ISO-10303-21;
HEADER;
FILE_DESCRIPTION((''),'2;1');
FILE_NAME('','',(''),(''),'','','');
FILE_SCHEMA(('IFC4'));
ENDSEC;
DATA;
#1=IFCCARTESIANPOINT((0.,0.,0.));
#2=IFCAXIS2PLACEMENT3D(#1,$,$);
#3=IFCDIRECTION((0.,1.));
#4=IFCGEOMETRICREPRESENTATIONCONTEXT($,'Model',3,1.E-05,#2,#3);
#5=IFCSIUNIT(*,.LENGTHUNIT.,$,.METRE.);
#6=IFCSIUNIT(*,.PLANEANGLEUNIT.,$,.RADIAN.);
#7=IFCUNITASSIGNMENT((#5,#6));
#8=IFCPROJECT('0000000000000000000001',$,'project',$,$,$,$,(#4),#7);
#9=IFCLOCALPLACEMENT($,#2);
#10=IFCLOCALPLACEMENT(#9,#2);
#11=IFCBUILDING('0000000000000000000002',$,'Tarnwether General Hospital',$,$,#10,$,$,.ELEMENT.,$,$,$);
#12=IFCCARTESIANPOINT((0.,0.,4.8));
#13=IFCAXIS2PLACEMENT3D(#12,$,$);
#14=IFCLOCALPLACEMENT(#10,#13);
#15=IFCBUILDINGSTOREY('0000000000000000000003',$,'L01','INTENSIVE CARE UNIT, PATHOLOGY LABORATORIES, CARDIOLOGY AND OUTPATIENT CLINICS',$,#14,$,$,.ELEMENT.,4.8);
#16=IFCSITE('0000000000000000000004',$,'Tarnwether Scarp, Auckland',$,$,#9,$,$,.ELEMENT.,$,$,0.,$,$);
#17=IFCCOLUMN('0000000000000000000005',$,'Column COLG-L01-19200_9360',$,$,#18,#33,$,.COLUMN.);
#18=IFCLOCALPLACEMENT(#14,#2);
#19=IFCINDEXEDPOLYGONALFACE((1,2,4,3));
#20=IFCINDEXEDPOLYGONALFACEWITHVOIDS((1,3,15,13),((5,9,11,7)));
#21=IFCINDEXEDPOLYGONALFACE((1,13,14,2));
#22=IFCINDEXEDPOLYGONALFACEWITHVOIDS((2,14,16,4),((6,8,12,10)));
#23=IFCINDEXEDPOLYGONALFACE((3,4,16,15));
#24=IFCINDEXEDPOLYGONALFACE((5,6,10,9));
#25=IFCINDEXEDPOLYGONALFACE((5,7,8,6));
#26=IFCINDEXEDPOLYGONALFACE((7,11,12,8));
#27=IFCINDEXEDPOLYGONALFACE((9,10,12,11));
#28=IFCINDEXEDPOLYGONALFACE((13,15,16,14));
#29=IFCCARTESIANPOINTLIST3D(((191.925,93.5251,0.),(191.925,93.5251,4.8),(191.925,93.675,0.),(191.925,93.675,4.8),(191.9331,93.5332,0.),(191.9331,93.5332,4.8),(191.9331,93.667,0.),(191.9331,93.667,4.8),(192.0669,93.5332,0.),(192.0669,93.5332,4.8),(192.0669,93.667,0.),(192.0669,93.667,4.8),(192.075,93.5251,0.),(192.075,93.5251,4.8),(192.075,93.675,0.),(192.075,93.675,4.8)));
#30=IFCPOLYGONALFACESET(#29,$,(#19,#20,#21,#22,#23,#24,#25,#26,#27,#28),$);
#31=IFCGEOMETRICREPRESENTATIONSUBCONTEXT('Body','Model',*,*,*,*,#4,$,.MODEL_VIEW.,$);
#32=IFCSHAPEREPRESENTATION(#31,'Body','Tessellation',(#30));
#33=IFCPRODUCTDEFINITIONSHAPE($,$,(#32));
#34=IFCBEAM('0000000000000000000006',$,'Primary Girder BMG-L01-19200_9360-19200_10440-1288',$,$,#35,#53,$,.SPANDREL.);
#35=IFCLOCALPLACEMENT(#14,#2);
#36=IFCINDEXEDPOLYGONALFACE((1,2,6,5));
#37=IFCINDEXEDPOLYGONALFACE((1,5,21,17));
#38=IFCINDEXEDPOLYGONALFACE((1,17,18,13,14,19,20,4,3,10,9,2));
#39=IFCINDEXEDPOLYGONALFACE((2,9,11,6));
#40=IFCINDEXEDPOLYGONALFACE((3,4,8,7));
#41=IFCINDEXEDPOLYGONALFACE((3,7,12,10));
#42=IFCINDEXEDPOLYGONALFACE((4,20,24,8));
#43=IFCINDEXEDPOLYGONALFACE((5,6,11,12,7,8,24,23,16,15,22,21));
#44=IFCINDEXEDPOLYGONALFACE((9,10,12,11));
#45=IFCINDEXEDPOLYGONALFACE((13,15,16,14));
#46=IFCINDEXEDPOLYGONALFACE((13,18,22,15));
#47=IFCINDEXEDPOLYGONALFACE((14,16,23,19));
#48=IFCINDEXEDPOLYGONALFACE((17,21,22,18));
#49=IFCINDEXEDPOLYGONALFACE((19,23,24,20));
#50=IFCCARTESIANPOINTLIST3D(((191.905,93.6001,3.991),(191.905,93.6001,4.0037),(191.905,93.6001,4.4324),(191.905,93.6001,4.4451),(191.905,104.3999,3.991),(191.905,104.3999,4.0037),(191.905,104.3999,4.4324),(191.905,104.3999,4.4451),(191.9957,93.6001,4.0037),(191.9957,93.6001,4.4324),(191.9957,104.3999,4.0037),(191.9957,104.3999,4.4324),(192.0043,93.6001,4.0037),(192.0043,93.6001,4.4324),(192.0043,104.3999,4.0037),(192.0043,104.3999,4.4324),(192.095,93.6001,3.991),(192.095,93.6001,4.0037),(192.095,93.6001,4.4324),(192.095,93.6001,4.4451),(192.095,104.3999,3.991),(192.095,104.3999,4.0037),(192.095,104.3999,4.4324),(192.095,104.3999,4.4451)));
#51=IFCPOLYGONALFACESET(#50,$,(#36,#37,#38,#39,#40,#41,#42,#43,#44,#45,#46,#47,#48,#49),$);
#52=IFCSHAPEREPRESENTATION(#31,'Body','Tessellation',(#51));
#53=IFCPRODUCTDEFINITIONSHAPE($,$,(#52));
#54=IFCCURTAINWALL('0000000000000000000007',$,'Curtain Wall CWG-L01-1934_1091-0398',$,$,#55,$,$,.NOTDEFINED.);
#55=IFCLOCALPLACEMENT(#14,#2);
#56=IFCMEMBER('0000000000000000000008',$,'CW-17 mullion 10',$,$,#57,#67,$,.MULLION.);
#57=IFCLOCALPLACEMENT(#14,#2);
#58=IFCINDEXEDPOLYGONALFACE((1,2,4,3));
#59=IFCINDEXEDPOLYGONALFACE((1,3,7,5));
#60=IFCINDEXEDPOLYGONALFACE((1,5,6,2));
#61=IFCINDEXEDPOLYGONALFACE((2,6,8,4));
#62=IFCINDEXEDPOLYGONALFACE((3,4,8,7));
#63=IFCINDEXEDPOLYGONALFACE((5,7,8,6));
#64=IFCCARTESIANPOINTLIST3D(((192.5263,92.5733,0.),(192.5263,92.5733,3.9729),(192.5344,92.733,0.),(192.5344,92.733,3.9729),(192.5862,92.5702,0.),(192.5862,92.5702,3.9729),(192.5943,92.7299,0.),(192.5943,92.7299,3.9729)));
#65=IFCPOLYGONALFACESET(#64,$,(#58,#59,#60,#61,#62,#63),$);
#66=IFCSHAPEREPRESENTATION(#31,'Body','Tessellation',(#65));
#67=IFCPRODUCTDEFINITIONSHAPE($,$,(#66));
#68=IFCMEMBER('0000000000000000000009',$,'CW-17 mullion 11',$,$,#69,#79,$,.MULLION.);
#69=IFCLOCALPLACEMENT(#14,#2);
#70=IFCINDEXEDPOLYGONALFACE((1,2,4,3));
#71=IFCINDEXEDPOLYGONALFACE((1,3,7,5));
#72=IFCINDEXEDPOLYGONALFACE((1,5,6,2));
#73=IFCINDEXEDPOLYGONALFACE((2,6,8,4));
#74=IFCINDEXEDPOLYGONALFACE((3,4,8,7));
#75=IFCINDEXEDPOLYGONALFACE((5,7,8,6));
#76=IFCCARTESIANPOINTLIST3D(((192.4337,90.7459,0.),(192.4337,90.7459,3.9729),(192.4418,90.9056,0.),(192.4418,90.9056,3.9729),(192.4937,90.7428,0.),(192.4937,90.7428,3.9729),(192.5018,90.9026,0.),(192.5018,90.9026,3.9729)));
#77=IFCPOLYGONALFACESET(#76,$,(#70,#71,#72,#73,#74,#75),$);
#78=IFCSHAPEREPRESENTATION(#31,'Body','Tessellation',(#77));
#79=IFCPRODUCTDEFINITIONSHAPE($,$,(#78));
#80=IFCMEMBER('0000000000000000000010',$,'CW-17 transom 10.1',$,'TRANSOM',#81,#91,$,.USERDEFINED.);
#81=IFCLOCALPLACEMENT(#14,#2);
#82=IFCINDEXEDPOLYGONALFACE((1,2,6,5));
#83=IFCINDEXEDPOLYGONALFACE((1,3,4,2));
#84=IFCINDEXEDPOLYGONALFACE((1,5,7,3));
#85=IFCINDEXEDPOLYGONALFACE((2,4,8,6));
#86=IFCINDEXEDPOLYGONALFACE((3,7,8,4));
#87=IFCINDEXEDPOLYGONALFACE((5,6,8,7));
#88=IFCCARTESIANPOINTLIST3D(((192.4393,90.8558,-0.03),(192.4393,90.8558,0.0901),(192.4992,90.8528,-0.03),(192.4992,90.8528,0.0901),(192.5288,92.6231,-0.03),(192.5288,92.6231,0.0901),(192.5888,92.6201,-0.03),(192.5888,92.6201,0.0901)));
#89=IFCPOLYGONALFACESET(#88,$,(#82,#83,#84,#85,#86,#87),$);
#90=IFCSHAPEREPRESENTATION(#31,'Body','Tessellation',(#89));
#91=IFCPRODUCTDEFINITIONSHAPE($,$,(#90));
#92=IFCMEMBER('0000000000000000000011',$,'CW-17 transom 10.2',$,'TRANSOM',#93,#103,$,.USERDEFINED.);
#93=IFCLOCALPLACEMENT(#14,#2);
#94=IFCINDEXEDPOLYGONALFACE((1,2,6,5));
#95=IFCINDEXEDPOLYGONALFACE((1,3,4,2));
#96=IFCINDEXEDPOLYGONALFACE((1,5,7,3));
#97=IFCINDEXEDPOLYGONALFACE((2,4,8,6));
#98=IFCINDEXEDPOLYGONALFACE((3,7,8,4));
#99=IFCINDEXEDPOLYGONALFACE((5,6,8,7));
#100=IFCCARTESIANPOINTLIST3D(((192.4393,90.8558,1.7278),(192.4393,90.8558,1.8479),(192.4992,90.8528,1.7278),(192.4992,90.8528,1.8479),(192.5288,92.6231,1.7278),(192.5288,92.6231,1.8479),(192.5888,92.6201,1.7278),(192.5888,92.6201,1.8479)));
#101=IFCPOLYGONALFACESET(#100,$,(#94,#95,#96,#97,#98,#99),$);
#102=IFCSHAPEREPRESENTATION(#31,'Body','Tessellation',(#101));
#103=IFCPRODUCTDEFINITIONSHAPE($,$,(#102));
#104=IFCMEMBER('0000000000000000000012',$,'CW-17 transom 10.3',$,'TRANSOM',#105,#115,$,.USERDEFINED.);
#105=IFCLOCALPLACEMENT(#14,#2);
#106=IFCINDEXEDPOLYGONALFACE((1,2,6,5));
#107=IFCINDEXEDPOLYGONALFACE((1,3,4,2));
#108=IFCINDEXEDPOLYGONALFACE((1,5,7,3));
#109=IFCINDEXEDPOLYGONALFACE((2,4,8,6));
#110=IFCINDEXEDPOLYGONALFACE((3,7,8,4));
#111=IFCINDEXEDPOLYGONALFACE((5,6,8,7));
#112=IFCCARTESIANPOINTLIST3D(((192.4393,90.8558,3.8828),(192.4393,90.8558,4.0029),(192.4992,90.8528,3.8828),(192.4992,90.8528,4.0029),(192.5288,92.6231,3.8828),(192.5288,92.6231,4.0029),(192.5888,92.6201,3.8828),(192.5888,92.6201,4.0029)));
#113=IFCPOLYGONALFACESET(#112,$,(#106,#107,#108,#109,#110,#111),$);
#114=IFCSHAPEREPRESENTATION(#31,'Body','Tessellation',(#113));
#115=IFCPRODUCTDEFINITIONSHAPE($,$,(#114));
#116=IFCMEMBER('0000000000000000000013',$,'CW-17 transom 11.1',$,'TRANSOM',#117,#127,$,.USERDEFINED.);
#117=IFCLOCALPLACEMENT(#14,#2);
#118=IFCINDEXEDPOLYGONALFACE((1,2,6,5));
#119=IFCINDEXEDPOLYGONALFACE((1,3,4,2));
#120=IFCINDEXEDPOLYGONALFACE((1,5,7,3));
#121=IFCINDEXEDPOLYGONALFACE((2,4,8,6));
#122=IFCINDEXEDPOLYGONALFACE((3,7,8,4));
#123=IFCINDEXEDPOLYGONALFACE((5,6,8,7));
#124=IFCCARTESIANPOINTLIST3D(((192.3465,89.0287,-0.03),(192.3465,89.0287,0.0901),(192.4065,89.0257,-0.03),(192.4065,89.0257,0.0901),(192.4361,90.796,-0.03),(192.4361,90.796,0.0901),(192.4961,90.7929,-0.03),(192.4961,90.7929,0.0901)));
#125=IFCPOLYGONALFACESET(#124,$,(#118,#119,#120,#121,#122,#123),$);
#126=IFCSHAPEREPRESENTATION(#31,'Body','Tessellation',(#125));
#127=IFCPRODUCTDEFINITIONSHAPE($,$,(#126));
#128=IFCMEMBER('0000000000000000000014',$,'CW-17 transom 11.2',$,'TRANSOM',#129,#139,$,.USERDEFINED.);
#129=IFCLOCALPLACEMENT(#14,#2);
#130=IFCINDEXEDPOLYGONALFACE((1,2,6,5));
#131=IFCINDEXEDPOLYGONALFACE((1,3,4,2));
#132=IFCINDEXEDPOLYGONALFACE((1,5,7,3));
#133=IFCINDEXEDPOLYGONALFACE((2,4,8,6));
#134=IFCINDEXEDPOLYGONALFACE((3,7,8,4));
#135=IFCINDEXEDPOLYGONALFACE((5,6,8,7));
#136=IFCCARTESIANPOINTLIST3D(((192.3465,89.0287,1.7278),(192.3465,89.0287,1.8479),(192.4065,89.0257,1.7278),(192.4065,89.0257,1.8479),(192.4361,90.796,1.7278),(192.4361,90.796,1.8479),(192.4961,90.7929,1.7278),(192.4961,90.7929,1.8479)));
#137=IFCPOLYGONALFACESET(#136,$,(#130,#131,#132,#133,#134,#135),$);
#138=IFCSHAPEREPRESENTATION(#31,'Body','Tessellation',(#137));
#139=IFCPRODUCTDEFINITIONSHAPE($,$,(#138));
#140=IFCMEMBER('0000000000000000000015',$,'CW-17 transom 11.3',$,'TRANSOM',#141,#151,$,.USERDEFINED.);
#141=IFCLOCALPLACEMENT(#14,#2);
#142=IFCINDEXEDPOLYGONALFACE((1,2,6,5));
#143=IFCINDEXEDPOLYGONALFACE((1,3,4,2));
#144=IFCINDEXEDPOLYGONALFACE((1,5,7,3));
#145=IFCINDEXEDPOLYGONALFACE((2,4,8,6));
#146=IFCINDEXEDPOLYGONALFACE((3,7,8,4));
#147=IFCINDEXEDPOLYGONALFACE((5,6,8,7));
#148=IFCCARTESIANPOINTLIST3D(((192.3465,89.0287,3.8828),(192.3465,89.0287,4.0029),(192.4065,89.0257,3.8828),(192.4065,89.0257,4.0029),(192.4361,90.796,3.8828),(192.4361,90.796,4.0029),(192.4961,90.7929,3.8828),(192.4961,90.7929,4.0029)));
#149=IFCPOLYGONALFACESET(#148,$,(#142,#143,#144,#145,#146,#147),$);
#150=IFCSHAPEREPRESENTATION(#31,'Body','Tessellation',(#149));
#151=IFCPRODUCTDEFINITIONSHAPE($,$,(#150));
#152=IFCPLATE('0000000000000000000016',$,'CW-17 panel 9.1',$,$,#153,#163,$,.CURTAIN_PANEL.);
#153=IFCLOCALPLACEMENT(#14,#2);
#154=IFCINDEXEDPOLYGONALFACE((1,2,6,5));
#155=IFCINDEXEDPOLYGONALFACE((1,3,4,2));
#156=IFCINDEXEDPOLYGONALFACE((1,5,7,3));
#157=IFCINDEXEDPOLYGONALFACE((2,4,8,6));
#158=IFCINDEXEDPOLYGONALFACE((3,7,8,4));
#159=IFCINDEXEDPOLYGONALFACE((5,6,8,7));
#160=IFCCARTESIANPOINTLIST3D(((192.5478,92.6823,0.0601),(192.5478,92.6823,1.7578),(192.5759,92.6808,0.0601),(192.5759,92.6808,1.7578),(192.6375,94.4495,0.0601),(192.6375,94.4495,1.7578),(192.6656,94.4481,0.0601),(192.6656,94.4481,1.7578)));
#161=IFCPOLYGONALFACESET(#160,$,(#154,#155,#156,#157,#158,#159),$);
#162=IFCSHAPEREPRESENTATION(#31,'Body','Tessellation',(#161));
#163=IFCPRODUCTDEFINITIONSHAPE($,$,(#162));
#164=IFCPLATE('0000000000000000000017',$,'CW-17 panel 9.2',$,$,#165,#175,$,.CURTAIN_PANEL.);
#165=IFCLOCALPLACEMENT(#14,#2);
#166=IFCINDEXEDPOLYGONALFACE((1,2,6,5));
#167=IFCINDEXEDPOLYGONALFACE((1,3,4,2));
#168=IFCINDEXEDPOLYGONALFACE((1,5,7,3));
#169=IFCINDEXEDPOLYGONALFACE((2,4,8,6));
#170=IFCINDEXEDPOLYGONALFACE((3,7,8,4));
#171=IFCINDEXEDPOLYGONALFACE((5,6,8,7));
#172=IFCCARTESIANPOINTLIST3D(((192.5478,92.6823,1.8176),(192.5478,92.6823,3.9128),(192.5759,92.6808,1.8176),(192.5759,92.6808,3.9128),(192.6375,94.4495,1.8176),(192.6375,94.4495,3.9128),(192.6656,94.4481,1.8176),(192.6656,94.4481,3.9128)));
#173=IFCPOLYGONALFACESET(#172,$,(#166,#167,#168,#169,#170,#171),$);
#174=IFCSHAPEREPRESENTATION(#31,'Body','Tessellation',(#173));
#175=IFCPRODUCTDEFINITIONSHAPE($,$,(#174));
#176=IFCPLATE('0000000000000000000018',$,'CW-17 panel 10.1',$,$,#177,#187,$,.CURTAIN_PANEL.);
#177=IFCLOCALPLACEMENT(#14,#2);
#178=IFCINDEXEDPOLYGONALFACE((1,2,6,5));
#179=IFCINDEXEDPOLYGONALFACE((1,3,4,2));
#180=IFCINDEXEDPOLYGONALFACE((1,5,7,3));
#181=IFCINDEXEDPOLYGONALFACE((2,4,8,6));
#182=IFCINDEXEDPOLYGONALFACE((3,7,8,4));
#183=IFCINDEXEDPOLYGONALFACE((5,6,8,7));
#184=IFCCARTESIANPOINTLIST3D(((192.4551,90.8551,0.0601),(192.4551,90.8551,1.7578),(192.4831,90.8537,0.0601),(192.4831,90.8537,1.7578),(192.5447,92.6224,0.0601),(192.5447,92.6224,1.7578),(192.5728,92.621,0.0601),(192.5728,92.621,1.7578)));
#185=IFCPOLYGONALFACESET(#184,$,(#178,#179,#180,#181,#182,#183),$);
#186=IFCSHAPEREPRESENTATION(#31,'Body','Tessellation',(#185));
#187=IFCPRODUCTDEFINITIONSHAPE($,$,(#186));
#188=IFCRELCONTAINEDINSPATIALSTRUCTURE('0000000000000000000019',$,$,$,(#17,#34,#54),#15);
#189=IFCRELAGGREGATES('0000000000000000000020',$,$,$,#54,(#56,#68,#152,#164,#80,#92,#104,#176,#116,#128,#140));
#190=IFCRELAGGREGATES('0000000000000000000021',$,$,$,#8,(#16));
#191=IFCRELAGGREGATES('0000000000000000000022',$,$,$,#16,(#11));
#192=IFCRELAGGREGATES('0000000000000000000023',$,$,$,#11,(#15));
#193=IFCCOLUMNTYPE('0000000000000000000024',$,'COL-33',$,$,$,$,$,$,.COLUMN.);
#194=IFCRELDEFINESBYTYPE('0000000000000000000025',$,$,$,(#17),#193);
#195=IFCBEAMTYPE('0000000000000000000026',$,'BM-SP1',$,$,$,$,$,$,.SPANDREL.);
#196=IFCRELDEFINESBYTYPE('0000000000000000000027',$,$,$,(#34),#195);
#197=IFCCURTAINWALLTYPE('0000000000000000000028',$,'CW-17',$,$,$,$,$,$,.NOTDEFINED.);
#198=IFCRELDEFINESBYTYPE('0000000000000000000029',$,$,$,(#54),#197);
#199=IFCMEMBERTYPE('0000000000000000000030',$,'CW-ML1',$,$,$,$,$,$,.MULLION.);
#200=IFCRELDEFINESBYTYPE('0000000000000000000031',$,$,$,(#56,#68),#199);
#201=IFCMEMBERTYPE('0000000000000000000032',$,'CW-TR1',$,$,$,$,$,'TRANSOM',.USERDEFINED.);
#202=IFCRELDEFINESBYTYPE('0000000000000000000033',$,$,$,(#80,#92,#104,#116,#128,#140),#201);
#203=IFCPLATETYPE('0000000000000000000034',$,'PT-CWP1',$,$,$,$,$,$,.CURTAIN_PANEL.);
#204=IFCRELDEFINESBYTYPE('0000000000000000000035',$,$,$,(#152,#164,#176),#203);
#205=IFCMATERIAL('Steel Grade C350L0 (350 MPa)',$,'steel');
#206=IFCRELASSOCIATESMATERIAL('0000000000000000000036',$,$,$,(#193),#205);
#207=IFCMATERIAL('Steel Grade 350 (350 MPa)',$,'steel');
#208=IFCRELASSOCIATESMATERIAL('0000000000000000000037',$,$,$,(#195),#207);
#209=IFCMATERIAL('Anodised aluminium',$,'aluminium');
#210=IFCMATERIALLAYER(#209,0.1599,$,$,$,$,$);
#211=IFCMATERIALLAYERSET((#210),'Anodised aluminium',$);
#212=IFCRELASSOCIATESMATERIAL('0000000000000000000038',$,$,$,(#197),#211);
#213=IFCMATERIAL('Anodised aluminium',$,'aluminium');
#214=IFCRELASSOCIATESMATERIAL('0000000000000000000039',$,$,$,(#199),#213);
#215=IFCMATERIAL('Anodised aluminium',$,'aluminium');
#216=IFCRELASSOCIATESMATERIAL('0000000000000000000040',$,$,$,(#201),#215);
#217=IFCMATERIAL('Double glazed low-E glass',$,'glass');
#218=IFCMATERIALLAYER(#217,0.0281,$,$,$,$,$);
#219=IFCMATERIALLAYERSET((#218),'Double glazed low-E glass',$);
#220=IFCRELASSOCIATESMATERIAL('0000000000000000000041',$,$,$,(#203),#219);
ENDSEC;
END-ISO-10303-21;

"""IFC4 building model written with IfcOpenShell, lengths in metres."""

from ifc_helpers import new_model, si_unit, direction, frame, origin, origin_2d, place, context, subcontext, project, spatial, rectangle, hollow_rectangle, i_section, extrude, material, layer, layer_set, material_profile, profile_set, type_object, element, aggregate, save


model = new_model("IFC4")

# Units and contexts
model_context = context("Model", 3, precision=1e-05, world=origin(), true_north=direction((0.0, 1.0)))
body_context = subcontext(model_context, "Body", "Model", "MODEL_VIEW")
ifc_project = project(units=[si_unit("LENGTHUNIT", "METRE"), si_unit("PLANEANGLEUNIT", "RADIAN")], contexts=[model_context])

# Site, building, storey
site_placement = place(None, origin())
site = spatial("IfcSite", under=ifc_project, at=site_placement, Name="Tarnwether Scarp, Auckland", CompositionType="ELEMENT", RefElevation=0.0)
building_placement = place(site_placement, origin())
building = spatial("IfcBuilding", under=site, at=building_placement, Name="Tarnwether General Hospital", CompositionType="ELEMENT")
storey_placement = place(building_placement, frame((0.0, 0.0, 4.8)))
storey = spatial("IfcBuildingStorey", under=building, at=storey_placement, Name="L01", Description="INTENSIVE CARE UNIT, PATHOLOGY LABORATORIES, CARDIOLOGY AND OUTPATIENT CLINICS", CompositionType="ELEMENT", Elevation=4.8)

# Column
ifc_material_1 = material(Name="Steel Grade C350L0 (350 MPa)", Category="steel")
ifc_material_profile_1 = material_profile(ifc_material_1, hollow_rectangle(XDim=0.1499, YDim=0.1499, WallThickness=0.0081, at=origin_2d()), Name="SHS150x150x8")
ifc_profile_set_1 = profile_set([ifc_material_profile_1], Name="Steel Grade C350L0 (350 MPa)")
column_type = type_object("IfcColumnType", Name="COL-33", PredefinedType="COLUMN", material=ifc_profile_set_1)
column_placement = place(storey_placement, frame((192.0, 93.6001, 0.0), z_axis=(0.0, 0.0, 1.0), x_axis=(1.0, 0.0, 0.0)))
element("IfcColumn", 1, at=column_placement, inside=storey, type_object=column_type, Name="Column COLG-L01-19200_9360", PredefinedType="COLUMN", context=body_context, shape_type="SweptSolid", body=[
    extrude(hollow_rectangle(XDim=0.1499, YDim=0.1499, WallThickness=0.0081, at=origin_2d()), origin(), (0.0, 0.0, 1.0), 4.8),
])

# Beam
ifc_material_2 = material(Name="Steel Grade 350 (350 MPa)", Category="steel")
ifc_material_profile_2 = material_profile(ifc_material_2, i_section(OverallWidth=0.1899, OverallDepth=0.4541, WebThickness=0.0085, FlangeThickness=0.0127, at=origin_2d()), Name="460UB67.1")
ifc_profile_set_2 = profile_set([ifc_material_profile_2], Name="Steel Grade 350 (350 MPa)")
beam_type = type_object("IfcBeamType", Name="BM-SP1", PredefinedType="SPANDREL", material=ifc_profile_set_2)
beam_placement = place(storey_placement, frame((192.0, 93.6001, 4.218), z_axis=(0.0, 1.0, 0.0), x_axis=(-1.0, 0.0, 0.0)))
element("IfcBeam", 2, at=beam_placement, inside=storey, type_object=beam_type, Name="Primary Girder BMG-L01-19200_9360-19200_10440-1288", PredefinedType="SPANDREL", context=body_context, shape_type="SweptSolid", body=[
    extrude(i_section(OverallWidth=0.1899, OverallDepth=0.4541, WebThickness=0.0085, FlangeThickness=0.0127, at=origin_2d()), origin(), (0.0, 0.0, 1.0), 10.7998),
])

# Curtain wall, members, plates
ifc_material_3 = material(Name="Anodised aluminium", Category="aluminium")
ifc_layer_1 = layer(ifc_material_3, 0.1599)
ifc_layer_set_1 = layer_set([ifc_layer_1], Name="Anodised aluminium")
curtain_wall_type = type_object("IfcCurtainWallType", Name="CW-17", PredefinedType="NOTDEFINED", material=ifc_layer_set_1)
curtain_wall_placement = place(storey_placement, origin())
curtain_wall = element("IfcCurtainWall", 3, at=curtain_wall_placement, inside=storey, type_object=curtain_wall_type, Name="Curtain Wall CWG-L01-1934_1091-0398", PredefinedType="NOTDEFINED")
ifc_material_4 = material(Name="Anodised aluminium", Category="aluminium")
ifc_material_profile_3 = material_profile(ifc_material_4, rectangle(XDim=0.0601, YDim=0.1599, at=origin_2d()), Name="ALU-MUL-60x160")
ifc_profile_set_3 = profile_set([ifc_material_profile_3], Name="Anodised aluminium")
member_type_1 = type_object("IfcMemberType", Name="CW-ML1", PredefinedType="MULLION", material=ifc_profile_set_3)
member_1_placement = place(storey_placement, frame((192.5603, 92.6516, 0.0), z_axis=(0.0, 0.0, 1.0), x_axis=(0.998715, -0.050685, 0.0)))
member_1 = element("IfcMember", 4, at=member_1_placement, type_object=member_type_1, Name="CW-17 mullion 10", PredefinedType="MULLION", context=body_context, shape_type="SweptSolid", body=[
    extrude(rectangle(XDim=0.0601, YDim=0.1599, at=origin_2d()), origin(), (0.0, 0.0, 1.0), 3.9729),
])
member_2_placement = place(storey_placement, frame((192.4678, 90.8242, 0.0), z_axis=(0.0, 0.0, 1.0), x_axis=(0.998715, -0.050685, 0.0)))
member_2 = element("IfcMember", 5, at=member_2_placement, type_object=member_type_1, Name="CW-17 mullion 11", PredefinedType="MULLION", context=body_context, shape_type="SweptSolid", body=[
    extrude(rectangle(XDim=0.0601, YDim=0.1599, at=origin_2d()), origin(), (0.0, 0.0, 1.0), 3.9729),
])
ifc_material_5 = material(Name="Anodised aluminium", Category="aluminium")
ifc_material_profile_4 = material_profile(ifc_material_5, rectangle(XDim=0.0601, YDim=0.1201, at=origin_2d()), Name="ALU-TRN-60x120")
ifc_profile_set_4 = profile_set([ifc_material_profile_4], Name="Anodised aluminium")
member_type_2 = type_object("IfcMemberType", Name="CW-TR1", ElementType="TRANSOM", PredefinedType="USERDEFINED", material=ifc_profile_set_4)
member_3_placement = place(storey_placement, frame((192.5588, 92.6216, 0.03), z_axis=(-0.050633, -0.998717, 0.0), x_axis=(0.998717, -0.050633, 0.0)))
member_3 = element("IfcMember", 6, at=member_3_placement, type_object=member_type_2, Name="CW-17 transom 10.1", ObjectType="TRANSOM", PredefinedType="USERDEFINED", context=body_context, shape_type="SweptSolid", body=[
    extrude(rectangle(XDim=0.0601, YDim=0.1201, at=origin_2d()), origin(), (0.0, 0.0, 1.0), 1.7695),
])
member_4_placement = place(storey_placement, frame((192.5588, 92.6216, 1.7878), z_axis=(-0.050633, -0.998717, 0.0), x_axis=(0.998717, -0.050633, 0.0)))
member_4 = element("IfcMember", 7, at=member_4_placement, type_object=member_type_2, Name="CW-17 transom 10.2", ObjectType="TRANSOM", PredefinedType="USERDEFINED", context=body_context, shape_type="SweptSolid", body=[
    extrude(rectangle(XDim=0.0601, YDim=0.1201, at=origin_2d()), origin(), (0.0, 0.0, 1.0), 1.7695),
])
member_5_placement = place(storey_placement, frame((192.5588, 92.6216, 3.9429), z_axis=(-0.050633, -0.998717, 0.0), x_axis=(0.998717, -0.050633, 0.0)))
member_5 = element("IfcMember", 8, at=member_5_placement, type_object=member_type_2, Name="CW-17 transom 10.3", ObjectType="TRANSOM", PredefinedType="USERDEFINED", context=body_context, shape_type="SweptSolid", body=[
    extrude(rectangle(XDim=0.0601, YDim=0.1201, at=origin_2d()), origin(), (0.0, 0.0, 1.0), 1.7695),
])
member_6_placement = place(storey_placement, frame((192.4661, 90.7944, 0.03), z_axis=(-0.050633, -0.998717, 0.0), x_axis=(0.998717, -0.050633, 0.0)))
member_6 = element("IfcMember", 9, at=member_6_placement, type_object=member_type_2, Name="CW-17 transom 11.1", ObjectType="TRANSOM", PredefinedType="USERDEFINED", context=body_context, shape_type="SweptSolid", body=[
    extrude(rectangle(XDim=0.0601, YDim=0.1201, at=origin_2d()), origin(), (0.0, 0.0, 1.0), 1.7695),
])
member_7_placement = place(storey_placement, frame((192.4661, 90.7944, 1.7878), z_axis=(-0.050633, -0.998717, 0.0), x_axis=(0.998717, -0.050633, 0.0)))
member_7 = element("IfcMember", 10, at=member_7_placement, type_object=member_type_2, Name="CW-17 transom 11.2", ObjectType="TRANSOM", PredefinedType="USERDEFINED", context=body_context, shape_type="SweptSolid", body=[
    extrude(rectangle(XDim=0.0601, YDim=0.1201, at=origin_2d()), origin(), (0.0, 0.0, 1.0), 1.7695),
])
member_8_placement = place(storey_placement, frame((192.4661, 90.7944, 3.9429), z_axis=(-0.050633, -0.998717, 0.0), x_axis=(0.998717, -0.050633, 0.0)))
member_8 = element("IfcMember", 11, at=member_8_placement, type_object=member_type_2, Name="CW-17 transom 11.3", ObjectType="TRANSOM", PredefinedType="USERDEFINED", context=body_context, shape_type="SweptSolid", body=[
    extrude(rectangle(XDim=0.0601, YDim=0.1201, at=origin_2d()), origin(), (0.0, 0.0, 1.0), 1.7695),
])
ifc_material_6 = material(Name="Double glazed low-E glass", Category="glass")
ifc_layer_2 = layer(ifc_material_6, 0.0281)
ifc_layer_set_2 = layer_set([ifc_layer_2], Name="Double glazed low-E glass")
plate_type = type_object("IfcPlateType", Name="PT-CWP1", PredefinedType="CURTAIN_PANEL", material=ifc_layer_set_2)
plate_1_placement = place(storey_placement, frame((192.6067, 93.5652, 0.0601), z_axis=(0.0, 0.0, 1.0), x_axis=(-0.050685, -0.998715, 0.0)))
plate_1 = element("IfcPlate", 12, at=plate_1_placement, type_object=plate_type, Name="CW-17 panel 9.1", PredefinedType="CURTAIN_PANEL", context=body_context, shape_type="SweptSolid", body=[
    extrude(rectangle(XDim=1.7695, YDim=0.0281, at=origin_2d()), origin(), (0.0, 0.0, 1.0), 1.6978),
])
plate_2_placement = place(storey_placement, frame((192.6067, 93.5652, 1.8176), z_axis=(0.0, 0.0, 1.0), x_axis=(-0.050685, -0.998715, 0.0)))
plate_2 = element("IfcPlate", 13, at=plate_2_placement, type_object=plate_type, Name="CW-17 panel 9.2", PredefinedType="CURTAIN_PANEL", context=body_context, shape_type="SweptSolid", body=[
    extrude(rectangle(XDim=1.7695, YDim=0.0281, at=origin_2d()), origin(), (0.0, 0.0, 1.0), 2.0952),
])
plate_3_placement = place(storey_placement, frame((192.5139, 91.738, 0.0601), z_axis=(0.0, 0.0, 1.0), x_axis=(-0.050685, -0.998715, 0.0)))
plate_3 = element("IfcPlate", 14, at=plate_3_placement, type_object=plate_type, Name="CW-17 panel 10.1", PredefinedType="CURTAIN_PANEL", context=body_context, shape_type="SweptSolid", body=[
    extrude(rectangle(XDim=1.7695, YDim=0.0281, at=origin_2d()), origin(), (0.0, 0.0, 1.0), 1.6978),
])
aggregate(curtain_wall, [member_1, member_2, plate_1, plate_2, member_3, member_4, member_5, plate_3, member_6, member_7, member_8])

save(model, "model.ifc")
